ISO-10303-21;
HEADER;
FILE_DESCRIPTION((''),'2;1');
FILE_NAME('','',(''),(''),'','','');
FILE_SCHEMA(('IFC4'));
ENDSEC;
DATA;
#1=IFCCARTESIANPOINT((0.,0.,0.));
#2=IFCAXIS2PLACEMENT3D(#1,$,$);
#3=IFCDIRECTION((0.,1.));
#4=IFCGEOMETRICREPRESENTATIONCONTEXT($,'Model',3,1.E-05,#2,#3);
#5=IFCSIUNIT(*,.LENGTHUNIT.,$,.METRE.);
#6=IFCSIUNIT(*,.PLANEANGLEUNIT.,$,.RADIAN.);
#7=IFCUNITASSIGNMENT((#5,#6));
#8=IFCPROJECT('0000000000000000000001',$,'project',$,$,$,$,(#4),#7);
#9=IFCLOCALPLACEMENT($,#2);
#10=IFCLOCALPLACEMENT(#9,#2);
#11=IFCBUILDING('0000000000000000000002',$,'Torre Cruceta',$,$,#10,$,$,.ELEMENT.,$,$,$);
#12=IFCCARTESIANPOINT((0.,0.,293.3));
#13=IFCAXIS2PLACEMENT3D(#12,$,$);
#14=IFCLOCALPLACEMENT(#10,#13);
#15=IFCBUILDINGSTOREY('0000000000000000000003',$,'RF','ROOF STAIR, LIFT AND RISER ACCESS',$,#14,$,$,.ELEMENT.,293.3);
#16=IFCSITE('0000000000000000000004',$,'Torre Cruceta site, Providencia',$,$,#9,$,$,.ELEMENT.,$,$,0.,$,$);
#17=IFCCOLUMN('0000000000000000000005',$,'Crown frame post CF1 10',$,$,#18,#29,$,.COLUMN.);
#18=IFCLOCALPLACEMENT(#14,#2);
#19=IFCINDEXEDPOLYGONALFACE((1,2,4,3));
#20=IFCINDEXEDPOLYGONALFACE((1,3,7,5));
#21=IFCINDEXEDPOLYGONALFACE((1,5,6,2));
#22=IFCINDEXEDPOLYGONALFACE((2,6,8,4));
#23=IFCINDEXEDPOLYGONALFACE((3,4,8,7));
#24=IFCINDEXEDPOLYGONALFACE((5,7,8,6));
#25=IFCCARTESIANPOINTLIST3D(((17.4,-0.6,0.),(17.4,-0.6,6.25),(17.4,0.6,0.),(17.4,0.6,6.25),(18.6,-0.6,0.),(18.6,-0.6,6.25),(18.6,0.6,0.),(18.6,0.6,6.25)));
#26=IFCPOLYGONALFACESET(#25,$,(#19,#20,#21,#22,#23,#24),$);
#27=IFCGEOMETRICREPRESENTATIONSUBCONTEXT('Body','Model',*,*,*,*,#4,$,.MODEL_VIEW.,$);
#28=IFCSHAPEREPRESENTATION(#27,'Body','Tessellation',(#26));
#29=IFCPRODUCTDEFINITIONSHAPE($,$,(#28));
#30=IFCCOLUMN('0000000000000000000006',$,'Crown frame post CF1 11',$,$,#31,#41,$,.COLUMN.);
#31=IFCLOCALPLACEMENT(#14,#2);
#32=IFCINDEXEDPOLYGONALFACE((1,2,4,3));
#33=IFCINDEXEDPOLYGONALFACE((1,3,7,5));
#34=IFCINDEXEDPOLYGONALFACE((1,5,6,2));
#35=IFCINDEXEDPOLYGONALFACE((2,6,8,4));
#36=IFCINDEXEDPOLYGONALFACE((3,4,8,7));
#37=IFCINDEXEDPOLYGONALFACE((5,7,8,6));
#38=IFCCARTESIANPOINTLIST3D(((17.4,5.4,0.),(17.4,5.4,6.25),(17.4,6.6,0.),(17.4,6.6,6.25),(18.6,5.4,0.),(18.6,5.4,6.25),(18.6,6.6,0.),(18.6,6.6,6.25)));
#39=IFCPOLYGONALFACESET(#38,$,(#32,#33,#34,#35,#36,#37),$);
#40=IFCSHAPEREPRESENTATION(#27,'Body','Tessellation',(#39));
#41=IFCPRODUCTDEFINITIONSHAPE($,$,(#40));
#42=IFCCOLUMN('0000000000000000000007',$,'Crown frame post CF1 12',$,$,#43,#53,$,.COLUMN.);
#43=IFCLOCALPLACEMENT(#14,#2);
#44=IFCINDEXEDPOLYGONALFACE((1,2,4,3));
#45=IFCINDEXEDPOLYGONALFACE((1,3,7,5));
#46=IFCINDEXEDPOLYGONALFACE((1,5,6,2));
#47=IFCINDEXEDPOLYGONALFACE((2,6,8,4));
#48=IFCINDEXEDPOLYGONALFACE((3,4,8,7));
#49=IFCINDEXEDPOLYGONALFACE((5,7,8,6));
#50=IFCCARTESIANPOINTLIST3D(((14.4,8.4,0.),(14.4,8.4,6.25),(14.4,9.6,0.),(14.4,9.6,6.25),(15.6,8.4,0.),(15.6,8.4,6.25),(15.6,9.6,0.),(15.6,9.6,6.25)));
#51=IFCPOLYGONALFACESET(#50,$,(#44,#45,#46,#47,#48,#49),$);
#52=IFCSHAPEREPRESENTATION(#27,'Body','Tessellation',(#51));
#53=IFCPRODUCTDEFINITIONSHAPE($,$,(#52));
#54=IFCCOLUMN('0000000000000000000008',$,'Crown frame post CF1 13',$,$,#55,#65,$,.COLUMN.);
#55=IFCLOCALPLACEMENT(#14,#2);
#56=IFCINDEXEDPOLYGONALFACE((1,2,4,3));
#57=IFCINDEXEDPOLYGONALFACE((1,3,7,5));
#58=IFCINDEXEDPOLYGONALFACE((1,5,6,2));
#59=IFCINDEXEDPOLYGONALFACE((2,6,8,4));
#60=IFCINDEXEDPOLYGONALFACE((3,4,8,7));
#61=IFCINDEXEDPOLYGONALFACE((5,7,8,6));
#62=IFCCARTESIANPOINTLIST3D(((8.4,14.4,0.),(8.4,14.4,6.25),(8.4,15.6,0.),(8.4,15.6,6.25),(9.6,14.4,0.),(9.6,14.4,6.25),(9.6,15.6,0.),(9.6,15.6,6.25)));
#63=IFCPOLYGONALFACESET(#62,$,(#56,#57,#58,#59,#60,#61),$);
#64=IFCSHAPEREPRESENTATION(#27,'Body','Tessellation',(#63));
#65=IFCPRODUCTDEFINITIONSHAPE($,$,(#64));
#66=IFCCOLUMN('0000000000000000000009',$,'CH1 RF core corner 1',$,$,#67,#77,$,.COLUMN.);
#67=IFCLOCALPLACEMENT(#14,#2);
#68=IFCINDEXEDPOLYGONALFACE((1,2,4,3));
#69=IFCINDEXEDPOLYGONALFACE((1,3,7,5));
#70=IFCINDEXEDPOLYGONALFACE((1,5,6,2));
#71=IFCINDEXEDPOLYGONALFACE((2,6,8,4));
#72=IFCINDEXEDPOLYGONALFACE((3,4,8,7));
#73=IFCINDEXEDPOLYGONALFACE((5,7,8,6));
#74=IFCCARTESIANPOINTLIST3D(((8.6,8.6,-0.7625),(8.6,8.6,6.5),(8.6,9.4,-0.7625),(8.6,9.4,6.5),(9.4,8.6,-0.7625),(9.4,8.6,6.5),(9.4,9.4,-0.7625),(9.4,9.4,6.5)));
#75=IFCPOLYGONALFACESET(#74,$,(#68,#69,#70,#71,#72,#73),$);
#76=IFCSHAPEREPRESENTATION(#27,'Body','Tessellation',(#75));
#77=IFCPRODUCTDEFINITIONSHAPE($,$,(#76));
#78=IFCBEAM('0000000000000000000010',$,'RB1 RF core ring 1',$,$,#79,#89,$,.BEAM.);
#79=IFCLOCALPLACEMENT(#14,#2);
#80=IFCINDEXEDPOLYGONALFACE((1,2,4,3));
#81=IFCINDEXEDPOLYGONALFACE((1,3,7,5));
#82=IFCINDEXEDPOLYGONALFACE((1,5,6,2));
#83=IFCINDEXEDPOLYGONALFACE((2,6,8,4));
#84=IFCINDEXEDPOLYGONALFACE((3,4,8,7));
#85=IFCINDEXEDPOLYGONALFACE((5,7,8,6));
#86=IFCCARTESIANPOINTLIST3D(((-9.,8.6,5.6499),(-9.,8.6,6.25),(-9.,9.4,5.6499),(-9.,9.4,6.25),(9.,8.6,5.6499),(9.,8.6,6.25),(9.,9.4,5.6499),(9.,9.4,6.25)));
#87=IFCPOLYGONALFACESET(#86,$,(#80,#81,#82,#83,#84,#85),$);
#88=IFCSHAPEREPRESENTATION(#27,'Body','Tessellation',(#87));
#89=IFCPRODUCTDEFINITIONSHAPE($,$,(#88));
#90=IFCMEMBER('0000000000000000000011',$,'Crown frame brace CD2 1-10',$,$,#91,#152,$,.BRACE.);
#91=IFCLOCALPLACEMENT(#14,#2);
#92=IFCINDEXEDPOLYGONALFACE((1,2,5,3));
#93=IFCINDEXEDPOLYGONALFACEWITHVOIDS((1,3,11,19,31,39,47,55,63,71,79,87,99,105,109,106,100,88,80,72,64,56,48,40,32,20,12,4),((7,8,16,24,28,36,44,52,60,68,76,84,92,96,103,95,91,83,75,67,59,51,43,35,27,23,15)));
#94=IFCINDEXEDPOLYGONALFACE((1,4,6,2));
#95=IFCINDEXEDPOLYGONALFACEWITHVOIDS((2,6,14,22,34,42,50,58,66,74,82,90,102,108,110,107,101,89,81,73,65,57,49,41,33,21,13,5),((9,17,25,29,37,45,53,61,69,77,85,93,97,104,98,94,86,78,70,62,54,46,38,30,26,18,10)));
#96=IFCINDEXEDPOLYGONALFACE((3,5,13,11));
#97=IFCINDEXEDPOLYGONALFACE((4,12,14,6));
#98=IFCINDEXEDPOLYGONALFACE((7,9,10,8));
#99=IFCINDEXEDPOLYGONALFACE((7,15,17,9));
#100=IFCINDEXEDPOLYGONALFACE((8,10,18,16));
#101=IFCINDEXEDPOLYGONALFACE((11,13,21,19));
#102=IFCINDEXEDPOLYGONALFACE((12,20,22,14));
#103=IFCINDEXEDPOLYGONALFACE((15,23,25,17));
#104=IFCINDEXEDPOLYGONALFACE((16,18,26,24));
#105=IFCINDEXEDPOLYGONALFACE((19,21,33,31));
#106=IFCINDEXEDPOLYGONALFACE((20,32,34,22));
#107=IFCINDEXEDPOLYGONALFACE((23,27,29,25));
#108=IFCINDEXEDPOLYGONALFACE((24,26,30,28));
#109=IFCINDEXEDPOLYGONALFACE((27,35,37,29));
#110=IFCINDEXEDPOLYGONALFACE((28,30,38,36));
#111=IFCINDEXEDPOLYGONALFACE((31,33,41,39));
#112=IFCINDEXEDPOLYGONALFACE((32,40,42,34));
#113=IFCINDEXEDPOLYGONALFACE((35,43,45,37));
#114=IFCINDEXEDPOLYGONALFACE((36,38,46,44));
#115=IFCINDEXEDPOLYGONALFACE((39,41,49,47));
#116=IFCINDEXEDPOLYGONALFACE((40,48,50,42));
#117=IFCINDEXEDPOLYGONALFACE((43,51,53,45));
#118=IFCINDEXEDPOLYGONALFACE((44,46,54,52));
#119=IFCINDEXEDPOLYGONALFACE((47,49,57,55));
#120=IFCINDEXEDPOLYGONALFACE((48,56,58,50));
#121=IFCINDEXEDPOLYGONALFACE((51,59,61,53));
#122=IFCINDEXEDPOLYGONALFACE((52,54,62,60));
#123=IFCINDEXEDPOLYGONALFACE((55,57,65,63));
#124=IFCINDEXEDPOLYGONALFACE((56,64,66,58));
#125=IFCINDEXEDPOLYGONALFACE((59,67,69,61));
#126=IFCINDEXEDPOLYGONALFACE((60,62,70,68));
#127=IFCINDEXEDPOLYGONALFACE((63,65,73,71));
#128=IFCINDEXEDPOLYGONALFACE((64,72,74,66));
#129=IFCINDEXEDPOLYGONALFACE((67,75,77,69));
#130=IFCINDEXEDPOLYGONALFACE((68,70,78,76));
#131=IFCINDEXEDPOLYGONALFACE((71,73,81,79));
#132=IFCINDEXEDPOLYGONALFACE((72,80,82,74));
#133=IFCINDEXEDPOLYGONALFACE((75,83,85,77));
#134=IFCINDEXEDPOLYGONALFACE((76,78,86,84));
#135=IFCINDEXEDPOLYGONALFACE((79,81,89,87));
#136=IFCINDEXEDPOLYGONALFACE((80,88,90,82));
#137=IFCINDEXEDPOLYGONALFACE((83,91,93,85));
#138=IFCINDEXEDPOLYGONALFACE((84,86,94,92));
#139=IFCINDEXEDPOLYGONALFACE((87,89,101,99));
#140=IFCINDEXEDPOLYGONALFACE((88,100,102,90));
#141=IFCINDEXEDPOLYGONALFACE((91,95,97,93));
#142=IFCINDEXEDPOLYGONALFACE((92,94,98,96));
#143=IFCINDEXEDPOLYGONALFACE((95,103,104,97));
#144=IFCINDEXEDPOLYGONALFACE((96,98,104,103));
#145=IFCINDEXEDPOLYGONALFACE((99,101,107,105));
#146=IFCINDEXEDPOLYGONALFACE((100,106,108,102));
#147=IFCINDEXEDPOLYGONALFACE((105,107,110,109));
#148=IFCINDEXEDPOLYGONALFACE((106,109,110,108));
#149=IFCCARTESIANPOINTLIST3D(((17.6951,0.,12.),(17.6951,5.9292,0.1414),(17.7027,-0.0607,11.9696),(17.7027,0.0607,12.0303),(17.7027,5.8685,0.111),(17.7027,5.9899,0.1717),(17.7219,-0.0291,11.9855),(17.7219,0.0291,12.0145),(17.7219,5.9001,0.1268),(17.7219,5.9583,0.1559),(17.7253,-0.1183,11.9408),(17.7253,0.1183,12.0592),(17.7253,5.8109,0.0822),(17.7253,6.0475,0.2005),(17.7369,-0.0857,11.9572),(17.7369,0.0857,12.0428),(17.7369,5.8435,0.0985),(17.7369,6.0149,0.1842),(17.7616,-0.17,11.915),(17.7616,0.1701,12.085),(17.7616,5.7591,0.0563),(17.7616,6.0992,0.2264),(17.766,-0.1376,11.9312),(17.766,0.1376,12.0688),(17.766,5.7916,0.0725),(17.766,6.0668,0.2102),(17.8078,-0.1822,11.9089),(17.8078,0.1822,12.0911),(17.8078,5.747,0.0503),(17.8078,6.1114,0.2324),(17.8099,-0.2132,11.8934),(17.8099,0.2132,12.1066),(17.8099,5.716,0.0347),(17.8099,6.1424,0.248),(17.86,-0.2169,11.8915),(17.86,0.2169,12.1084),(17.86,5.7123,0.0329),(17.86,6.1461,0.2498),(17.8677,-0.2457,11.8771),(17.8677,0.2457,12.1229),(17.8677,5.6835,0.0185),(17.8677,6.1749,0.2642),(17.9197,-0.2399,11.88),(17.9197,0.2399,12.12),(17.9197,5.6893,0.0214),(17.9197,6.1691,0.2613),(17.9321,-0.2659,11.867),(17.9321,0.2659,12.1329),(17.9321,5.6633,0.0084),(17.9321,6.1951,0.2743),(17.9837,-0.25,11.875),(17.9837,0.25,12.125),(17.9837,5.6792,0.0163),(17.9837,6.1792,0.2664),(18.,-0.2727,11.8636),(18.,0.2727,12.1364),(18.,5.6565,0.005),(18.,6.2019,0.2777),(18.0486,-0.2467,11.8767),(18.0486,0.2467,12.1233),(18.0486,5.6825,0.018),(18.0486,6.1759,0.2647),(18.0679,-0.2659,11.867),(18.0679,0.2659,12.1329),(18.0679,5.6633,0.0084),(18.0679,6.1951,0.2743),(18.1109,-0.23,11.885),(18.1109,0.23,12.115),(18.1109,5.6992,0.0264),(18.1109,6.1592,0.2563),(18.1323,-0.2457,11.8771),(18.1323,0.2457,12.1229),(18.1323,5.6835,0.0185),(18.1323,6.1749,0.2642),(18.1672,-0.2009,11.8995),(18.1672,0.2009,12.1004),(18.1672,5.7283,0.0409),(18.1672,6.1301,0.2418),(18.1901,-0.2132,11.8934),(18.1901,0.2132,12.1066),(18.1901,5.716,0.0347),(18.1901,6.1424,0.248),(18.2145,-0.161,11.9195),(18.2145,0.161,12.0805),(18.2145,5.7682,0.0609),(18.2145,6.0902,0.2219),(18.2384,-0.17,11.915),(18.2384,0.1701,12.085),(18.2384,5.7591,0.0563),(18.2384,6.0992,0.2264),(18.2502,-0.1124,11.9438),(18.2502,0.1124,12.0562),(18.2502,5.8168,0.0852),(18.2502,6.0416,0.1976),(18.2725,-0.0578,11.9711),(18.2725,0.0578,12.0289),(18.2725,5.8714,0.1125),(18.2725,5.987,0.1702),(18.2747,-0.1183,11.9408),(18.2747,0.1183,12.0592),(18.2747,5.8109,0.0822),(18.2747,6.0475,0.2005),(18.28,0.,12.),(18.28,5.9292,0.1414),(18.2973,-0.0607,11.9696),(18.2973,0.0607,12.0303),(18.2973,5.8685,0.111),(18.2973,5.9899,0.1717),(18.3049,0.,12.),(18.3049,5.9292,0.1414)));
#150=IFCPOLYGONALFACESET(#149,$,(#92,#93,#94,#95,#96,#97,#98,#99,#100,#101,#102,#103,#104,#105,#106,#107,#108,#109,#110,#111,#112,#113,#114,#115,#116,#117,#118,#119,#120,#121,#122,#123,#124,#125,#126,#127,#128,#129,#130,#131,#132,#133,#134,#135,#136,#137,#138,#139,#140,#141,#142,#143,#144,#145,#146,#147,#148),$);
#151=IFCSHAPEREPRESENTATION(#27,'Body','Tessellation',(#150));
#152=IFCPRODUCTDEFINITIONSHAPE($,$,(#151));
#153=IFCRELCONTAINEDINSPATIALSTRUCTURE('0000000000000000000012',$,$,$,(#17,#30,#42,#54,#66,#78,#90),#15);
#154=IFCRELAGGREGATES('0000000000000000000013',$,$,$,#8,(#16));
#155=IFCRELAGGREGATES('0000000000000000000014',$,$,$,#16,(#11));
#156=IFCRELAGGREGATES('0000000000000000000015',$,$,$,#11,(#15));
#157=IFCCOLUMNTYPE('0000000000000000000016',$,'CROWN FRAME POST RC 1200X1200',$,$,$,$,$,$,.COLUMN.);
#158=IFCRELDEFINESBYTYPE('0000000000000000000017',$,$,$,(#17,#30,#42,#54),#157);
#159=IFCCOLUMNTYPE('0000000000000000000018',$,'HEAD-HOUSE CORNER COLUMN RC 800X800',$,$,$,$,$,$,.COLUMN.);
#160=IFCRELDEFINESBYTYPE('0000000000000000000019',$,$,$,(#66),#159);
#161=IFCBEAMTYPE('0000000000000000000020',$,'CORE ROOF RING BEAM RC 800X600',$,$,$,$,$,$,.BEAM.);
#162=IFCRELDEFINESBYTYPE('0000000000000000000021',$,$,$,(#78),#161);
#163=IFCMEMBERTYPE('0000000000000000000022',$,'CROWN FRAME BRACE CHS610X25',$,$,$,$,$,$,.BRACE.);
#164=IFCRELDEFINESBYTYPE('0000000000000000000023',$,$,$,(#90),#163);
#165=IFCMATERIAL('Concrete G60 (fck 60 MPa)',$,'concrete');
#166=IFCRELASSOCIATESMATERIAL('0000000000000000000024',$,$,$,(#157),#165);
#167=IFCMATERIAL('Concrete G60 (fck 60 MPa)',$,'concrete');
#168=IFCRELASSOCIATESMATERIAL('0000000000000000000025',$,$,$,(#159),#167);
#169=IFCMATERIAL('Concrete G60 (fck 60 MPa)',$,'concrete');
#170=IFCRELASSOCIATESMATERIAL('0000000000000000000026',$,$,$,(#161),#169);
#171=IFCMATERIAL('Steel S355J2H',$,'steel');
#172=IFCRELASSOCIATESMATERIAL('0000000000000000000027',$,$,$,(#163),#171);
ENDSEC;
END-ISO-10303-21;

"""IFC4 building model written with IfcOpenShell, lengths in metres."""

from ifc_helpers import new_model, si_unit, direction, frame, origin, origin_2d, place, context, subcontext, project, spatial, rectangle, hollow_circle, extrude, material, material_profile, profile_set, type_object, element, save


model = new_model("IFC4")

# Units and contexts
model_context = context("Model", 3, precision=1e-05, world=origin(), true_north=direction((0.0, 1.0)))
body_context = subcontext(model_context, "Body", "Model", "MODEL_VIEW")
ifc_project = project(units=[si_unit("LENGTHUNIT", "METRE"), si_unit("PLANEANGLEUNIT", "RADIAN")], contexts=[model_context])

# Site, building, storey
site_placement = place(None, origin())
site = spatial("IfcSite", under=ifc_project, at=site_placement, Name="Torre Cruceta site, Providencia", CompositionType="ELEMENT", RefElevation=0.0)
building_placement = place(site_placement, origin())
building = spatial("IfcBuilding", under=site, at=building_placement, Name="Torre Cruceta", CompositionType="ELEMENT")
storey_placement = place(building_placement, frame((0.0, 0.0, 293.3)))
storey = spatial("IfcBuildingStorey", under=building, at=storey_placement, Name="RF", Description="ROOF STAIR, LIFT AND RISER ACCESS", CompositionType="ELEMENT", Elevation=293.3)

# Columns
ifc_material_1 = material(Name="Concrete G60 (fck 60 MPa)", Category="concrete")
ifc_material_profile_1 = material_profile(ifc_material_1, rectangle(XDim=1.2, YDim=1.2, at=origin_2d()), Name="RC 1200X1200")
ifc_profile_set_1 = profile_set([ifc_material_profile_1], Name="Concrete G60 (fck 60 MPa)")
column_type_1 = type_object("IfcColumnType", Name="CROWN FRAME POST RC 1200X1200", PredefinedType="COLUMN", material=ifc_profile_set_1)
for number, where, z_axis, x_axis, name in (
    (1, (18.0, 0.0, 0.0), (0.0, 0.0, 1.0), (1.0, 0.0, 0.0), "Crown frame post CF1 10"),
    (2, (18.0, 6.0, 0.0), (0.0, 0.0, 1.0), (1.0, 0.0, 0.0), "Crown frame post CF1 11"),
    (3, (15.0, 9.0, 0.0), (0.0, 0.0, 1.0), (1.0, 0.0, 0.0), "Crown frame post CF1 12"),
    (4, (9.0, 15.0, 0.0), (0.0, 0.0, 1.0), (1.0, 0.0, 0.0), "Crown frame post CF1 13"),
):
    element("IfcColumn", number, at=place(storey_placement, frame(where, z_axis=z_axis, x_axis=x_axis)), inside=storey, type_object=column_type_1, Name=name, PredefinedType="COLUMN", context=body_context, shape_type="SweptSolid", body=[
        extrude(rectangle(XDim=1.2, YDim=1.2, at=origin_2d()), origin(), (0.0, 0.0, 1.0), 6.25),
    ])
ifc_material_2 = material(Name="Concrete G60 (fck 60 MPa)", Category="concrete")
ifc_material_profile_2 = material_profile(ifc_material_2, rectangle(XDim=0.8, YDim=0.8, at=origin_2d()), Name="RC 800X800")
ifc_profile_set_2 = profile_set([ifc_material_profile_2], Name="Concrete G60 (fck 60 MPa)")
column_type_2 = type_object("IfcColumnType", Name="HEAD-HOUSE CORNER COLUMN RC 800X800", PredefinedType="COLUMN", material=ifc_profile_set_2)
column_placement = place(storey_placement, frame((9.0, 9.0, -0.7625), z_axis=(0.0, 0.0, 1.0), x_axis=(1.0, 0.0, 0.0)))
element("IfcColumn", 5, at=column_placement, inside=storey, type_object=column_type_2, Name="CH1 RF core corner 1", PredefinedType="COLUMN", context=body_context, shape_type="SweptSolid", body=[
    extrude(rectangle(XDim=0.8, YDim=0.8, at=origin_2d()), origin(), (0.0, 0.0, 1.0), 7.2625),
])

# Beam
ifc_material_3 = material(Name="Concrete G60 (fck 60 MPa)", Category="concrete")
ifc_material_profile_3 = material_profile(ifc_material_3, rectangle(XDim=0.8, YDim=0.6001, at=origin_2d()), Name="RC 800X600")
ifc_profile_set_3 = profile_set([ifc_material_profile_3], Name="Concrete G60 (fck 60 MPa)")
beam_type_1 = type_object("IfcBeamType", Name="CORE ROOF RING BEAM RC 800X600", PredefinedType="BEAM", material=ifc_profile_set_3)
beam_1_placement = place(storey_placement, frame((9.0, 9.0, 5.95), z_axis=(-1.0, 0.0, 0.0), x_axis=(0.0, -1.0, 0.0)))
element("IfcBeam", 6, at=beam_1_placement, inside=storey, type_object=beam_type_1, Name="RB1 RF core ring 1", PredefinedType="BEAM", context=body_context, shape_type="SweptSolid", body=[
    extrude(rectangle(XDim=0.8, YDim=0.6001, at=origin_2d()), origin(), (0.0, 0.0, 1.0), 18.0),
])

# Member
ifc_material_4 = material(Name="Steel S355J2H", Category="steel")
ifc_material_profile_4 = material_profile(ifc_material_4, hollow_circle(Radius=0.3049, WallThickness=0.0249, at=origin_2d()), Name="CHS610X25")
ifc_profile_set_4 = profile_set([ifc_material_profile_4], Name="Steel S355J2H")
member_type_1 = type_object("IfcMemberType", Name="CROWN FRAME BRACE CHS610X25", PredefinedType="BRACE", material=ifc_profile_set_4)
member_1_placement = place(storey_placement, frame((18.0, 5.9292, 0.1414), z_axis=(0.0, -0.447206, 0.894431), x_axis=(1.0, 0.0, 0.0)))
element("IfcMember", 7, at=member_1_placement, inside=storey, type_object=member_type_1, Name="Crown frame brace CD2 1-10", PredefinedType="BRACE", context=body_context, shape_type="SweptSolid", body=[
    extrude(hollow_circle(Radius=0.3049, WallThickness=0.0249, at=origin_2d()), origin(), (0.0, 0.0, 1.0), 13.2583),
])

save(model, "model.ifc")
